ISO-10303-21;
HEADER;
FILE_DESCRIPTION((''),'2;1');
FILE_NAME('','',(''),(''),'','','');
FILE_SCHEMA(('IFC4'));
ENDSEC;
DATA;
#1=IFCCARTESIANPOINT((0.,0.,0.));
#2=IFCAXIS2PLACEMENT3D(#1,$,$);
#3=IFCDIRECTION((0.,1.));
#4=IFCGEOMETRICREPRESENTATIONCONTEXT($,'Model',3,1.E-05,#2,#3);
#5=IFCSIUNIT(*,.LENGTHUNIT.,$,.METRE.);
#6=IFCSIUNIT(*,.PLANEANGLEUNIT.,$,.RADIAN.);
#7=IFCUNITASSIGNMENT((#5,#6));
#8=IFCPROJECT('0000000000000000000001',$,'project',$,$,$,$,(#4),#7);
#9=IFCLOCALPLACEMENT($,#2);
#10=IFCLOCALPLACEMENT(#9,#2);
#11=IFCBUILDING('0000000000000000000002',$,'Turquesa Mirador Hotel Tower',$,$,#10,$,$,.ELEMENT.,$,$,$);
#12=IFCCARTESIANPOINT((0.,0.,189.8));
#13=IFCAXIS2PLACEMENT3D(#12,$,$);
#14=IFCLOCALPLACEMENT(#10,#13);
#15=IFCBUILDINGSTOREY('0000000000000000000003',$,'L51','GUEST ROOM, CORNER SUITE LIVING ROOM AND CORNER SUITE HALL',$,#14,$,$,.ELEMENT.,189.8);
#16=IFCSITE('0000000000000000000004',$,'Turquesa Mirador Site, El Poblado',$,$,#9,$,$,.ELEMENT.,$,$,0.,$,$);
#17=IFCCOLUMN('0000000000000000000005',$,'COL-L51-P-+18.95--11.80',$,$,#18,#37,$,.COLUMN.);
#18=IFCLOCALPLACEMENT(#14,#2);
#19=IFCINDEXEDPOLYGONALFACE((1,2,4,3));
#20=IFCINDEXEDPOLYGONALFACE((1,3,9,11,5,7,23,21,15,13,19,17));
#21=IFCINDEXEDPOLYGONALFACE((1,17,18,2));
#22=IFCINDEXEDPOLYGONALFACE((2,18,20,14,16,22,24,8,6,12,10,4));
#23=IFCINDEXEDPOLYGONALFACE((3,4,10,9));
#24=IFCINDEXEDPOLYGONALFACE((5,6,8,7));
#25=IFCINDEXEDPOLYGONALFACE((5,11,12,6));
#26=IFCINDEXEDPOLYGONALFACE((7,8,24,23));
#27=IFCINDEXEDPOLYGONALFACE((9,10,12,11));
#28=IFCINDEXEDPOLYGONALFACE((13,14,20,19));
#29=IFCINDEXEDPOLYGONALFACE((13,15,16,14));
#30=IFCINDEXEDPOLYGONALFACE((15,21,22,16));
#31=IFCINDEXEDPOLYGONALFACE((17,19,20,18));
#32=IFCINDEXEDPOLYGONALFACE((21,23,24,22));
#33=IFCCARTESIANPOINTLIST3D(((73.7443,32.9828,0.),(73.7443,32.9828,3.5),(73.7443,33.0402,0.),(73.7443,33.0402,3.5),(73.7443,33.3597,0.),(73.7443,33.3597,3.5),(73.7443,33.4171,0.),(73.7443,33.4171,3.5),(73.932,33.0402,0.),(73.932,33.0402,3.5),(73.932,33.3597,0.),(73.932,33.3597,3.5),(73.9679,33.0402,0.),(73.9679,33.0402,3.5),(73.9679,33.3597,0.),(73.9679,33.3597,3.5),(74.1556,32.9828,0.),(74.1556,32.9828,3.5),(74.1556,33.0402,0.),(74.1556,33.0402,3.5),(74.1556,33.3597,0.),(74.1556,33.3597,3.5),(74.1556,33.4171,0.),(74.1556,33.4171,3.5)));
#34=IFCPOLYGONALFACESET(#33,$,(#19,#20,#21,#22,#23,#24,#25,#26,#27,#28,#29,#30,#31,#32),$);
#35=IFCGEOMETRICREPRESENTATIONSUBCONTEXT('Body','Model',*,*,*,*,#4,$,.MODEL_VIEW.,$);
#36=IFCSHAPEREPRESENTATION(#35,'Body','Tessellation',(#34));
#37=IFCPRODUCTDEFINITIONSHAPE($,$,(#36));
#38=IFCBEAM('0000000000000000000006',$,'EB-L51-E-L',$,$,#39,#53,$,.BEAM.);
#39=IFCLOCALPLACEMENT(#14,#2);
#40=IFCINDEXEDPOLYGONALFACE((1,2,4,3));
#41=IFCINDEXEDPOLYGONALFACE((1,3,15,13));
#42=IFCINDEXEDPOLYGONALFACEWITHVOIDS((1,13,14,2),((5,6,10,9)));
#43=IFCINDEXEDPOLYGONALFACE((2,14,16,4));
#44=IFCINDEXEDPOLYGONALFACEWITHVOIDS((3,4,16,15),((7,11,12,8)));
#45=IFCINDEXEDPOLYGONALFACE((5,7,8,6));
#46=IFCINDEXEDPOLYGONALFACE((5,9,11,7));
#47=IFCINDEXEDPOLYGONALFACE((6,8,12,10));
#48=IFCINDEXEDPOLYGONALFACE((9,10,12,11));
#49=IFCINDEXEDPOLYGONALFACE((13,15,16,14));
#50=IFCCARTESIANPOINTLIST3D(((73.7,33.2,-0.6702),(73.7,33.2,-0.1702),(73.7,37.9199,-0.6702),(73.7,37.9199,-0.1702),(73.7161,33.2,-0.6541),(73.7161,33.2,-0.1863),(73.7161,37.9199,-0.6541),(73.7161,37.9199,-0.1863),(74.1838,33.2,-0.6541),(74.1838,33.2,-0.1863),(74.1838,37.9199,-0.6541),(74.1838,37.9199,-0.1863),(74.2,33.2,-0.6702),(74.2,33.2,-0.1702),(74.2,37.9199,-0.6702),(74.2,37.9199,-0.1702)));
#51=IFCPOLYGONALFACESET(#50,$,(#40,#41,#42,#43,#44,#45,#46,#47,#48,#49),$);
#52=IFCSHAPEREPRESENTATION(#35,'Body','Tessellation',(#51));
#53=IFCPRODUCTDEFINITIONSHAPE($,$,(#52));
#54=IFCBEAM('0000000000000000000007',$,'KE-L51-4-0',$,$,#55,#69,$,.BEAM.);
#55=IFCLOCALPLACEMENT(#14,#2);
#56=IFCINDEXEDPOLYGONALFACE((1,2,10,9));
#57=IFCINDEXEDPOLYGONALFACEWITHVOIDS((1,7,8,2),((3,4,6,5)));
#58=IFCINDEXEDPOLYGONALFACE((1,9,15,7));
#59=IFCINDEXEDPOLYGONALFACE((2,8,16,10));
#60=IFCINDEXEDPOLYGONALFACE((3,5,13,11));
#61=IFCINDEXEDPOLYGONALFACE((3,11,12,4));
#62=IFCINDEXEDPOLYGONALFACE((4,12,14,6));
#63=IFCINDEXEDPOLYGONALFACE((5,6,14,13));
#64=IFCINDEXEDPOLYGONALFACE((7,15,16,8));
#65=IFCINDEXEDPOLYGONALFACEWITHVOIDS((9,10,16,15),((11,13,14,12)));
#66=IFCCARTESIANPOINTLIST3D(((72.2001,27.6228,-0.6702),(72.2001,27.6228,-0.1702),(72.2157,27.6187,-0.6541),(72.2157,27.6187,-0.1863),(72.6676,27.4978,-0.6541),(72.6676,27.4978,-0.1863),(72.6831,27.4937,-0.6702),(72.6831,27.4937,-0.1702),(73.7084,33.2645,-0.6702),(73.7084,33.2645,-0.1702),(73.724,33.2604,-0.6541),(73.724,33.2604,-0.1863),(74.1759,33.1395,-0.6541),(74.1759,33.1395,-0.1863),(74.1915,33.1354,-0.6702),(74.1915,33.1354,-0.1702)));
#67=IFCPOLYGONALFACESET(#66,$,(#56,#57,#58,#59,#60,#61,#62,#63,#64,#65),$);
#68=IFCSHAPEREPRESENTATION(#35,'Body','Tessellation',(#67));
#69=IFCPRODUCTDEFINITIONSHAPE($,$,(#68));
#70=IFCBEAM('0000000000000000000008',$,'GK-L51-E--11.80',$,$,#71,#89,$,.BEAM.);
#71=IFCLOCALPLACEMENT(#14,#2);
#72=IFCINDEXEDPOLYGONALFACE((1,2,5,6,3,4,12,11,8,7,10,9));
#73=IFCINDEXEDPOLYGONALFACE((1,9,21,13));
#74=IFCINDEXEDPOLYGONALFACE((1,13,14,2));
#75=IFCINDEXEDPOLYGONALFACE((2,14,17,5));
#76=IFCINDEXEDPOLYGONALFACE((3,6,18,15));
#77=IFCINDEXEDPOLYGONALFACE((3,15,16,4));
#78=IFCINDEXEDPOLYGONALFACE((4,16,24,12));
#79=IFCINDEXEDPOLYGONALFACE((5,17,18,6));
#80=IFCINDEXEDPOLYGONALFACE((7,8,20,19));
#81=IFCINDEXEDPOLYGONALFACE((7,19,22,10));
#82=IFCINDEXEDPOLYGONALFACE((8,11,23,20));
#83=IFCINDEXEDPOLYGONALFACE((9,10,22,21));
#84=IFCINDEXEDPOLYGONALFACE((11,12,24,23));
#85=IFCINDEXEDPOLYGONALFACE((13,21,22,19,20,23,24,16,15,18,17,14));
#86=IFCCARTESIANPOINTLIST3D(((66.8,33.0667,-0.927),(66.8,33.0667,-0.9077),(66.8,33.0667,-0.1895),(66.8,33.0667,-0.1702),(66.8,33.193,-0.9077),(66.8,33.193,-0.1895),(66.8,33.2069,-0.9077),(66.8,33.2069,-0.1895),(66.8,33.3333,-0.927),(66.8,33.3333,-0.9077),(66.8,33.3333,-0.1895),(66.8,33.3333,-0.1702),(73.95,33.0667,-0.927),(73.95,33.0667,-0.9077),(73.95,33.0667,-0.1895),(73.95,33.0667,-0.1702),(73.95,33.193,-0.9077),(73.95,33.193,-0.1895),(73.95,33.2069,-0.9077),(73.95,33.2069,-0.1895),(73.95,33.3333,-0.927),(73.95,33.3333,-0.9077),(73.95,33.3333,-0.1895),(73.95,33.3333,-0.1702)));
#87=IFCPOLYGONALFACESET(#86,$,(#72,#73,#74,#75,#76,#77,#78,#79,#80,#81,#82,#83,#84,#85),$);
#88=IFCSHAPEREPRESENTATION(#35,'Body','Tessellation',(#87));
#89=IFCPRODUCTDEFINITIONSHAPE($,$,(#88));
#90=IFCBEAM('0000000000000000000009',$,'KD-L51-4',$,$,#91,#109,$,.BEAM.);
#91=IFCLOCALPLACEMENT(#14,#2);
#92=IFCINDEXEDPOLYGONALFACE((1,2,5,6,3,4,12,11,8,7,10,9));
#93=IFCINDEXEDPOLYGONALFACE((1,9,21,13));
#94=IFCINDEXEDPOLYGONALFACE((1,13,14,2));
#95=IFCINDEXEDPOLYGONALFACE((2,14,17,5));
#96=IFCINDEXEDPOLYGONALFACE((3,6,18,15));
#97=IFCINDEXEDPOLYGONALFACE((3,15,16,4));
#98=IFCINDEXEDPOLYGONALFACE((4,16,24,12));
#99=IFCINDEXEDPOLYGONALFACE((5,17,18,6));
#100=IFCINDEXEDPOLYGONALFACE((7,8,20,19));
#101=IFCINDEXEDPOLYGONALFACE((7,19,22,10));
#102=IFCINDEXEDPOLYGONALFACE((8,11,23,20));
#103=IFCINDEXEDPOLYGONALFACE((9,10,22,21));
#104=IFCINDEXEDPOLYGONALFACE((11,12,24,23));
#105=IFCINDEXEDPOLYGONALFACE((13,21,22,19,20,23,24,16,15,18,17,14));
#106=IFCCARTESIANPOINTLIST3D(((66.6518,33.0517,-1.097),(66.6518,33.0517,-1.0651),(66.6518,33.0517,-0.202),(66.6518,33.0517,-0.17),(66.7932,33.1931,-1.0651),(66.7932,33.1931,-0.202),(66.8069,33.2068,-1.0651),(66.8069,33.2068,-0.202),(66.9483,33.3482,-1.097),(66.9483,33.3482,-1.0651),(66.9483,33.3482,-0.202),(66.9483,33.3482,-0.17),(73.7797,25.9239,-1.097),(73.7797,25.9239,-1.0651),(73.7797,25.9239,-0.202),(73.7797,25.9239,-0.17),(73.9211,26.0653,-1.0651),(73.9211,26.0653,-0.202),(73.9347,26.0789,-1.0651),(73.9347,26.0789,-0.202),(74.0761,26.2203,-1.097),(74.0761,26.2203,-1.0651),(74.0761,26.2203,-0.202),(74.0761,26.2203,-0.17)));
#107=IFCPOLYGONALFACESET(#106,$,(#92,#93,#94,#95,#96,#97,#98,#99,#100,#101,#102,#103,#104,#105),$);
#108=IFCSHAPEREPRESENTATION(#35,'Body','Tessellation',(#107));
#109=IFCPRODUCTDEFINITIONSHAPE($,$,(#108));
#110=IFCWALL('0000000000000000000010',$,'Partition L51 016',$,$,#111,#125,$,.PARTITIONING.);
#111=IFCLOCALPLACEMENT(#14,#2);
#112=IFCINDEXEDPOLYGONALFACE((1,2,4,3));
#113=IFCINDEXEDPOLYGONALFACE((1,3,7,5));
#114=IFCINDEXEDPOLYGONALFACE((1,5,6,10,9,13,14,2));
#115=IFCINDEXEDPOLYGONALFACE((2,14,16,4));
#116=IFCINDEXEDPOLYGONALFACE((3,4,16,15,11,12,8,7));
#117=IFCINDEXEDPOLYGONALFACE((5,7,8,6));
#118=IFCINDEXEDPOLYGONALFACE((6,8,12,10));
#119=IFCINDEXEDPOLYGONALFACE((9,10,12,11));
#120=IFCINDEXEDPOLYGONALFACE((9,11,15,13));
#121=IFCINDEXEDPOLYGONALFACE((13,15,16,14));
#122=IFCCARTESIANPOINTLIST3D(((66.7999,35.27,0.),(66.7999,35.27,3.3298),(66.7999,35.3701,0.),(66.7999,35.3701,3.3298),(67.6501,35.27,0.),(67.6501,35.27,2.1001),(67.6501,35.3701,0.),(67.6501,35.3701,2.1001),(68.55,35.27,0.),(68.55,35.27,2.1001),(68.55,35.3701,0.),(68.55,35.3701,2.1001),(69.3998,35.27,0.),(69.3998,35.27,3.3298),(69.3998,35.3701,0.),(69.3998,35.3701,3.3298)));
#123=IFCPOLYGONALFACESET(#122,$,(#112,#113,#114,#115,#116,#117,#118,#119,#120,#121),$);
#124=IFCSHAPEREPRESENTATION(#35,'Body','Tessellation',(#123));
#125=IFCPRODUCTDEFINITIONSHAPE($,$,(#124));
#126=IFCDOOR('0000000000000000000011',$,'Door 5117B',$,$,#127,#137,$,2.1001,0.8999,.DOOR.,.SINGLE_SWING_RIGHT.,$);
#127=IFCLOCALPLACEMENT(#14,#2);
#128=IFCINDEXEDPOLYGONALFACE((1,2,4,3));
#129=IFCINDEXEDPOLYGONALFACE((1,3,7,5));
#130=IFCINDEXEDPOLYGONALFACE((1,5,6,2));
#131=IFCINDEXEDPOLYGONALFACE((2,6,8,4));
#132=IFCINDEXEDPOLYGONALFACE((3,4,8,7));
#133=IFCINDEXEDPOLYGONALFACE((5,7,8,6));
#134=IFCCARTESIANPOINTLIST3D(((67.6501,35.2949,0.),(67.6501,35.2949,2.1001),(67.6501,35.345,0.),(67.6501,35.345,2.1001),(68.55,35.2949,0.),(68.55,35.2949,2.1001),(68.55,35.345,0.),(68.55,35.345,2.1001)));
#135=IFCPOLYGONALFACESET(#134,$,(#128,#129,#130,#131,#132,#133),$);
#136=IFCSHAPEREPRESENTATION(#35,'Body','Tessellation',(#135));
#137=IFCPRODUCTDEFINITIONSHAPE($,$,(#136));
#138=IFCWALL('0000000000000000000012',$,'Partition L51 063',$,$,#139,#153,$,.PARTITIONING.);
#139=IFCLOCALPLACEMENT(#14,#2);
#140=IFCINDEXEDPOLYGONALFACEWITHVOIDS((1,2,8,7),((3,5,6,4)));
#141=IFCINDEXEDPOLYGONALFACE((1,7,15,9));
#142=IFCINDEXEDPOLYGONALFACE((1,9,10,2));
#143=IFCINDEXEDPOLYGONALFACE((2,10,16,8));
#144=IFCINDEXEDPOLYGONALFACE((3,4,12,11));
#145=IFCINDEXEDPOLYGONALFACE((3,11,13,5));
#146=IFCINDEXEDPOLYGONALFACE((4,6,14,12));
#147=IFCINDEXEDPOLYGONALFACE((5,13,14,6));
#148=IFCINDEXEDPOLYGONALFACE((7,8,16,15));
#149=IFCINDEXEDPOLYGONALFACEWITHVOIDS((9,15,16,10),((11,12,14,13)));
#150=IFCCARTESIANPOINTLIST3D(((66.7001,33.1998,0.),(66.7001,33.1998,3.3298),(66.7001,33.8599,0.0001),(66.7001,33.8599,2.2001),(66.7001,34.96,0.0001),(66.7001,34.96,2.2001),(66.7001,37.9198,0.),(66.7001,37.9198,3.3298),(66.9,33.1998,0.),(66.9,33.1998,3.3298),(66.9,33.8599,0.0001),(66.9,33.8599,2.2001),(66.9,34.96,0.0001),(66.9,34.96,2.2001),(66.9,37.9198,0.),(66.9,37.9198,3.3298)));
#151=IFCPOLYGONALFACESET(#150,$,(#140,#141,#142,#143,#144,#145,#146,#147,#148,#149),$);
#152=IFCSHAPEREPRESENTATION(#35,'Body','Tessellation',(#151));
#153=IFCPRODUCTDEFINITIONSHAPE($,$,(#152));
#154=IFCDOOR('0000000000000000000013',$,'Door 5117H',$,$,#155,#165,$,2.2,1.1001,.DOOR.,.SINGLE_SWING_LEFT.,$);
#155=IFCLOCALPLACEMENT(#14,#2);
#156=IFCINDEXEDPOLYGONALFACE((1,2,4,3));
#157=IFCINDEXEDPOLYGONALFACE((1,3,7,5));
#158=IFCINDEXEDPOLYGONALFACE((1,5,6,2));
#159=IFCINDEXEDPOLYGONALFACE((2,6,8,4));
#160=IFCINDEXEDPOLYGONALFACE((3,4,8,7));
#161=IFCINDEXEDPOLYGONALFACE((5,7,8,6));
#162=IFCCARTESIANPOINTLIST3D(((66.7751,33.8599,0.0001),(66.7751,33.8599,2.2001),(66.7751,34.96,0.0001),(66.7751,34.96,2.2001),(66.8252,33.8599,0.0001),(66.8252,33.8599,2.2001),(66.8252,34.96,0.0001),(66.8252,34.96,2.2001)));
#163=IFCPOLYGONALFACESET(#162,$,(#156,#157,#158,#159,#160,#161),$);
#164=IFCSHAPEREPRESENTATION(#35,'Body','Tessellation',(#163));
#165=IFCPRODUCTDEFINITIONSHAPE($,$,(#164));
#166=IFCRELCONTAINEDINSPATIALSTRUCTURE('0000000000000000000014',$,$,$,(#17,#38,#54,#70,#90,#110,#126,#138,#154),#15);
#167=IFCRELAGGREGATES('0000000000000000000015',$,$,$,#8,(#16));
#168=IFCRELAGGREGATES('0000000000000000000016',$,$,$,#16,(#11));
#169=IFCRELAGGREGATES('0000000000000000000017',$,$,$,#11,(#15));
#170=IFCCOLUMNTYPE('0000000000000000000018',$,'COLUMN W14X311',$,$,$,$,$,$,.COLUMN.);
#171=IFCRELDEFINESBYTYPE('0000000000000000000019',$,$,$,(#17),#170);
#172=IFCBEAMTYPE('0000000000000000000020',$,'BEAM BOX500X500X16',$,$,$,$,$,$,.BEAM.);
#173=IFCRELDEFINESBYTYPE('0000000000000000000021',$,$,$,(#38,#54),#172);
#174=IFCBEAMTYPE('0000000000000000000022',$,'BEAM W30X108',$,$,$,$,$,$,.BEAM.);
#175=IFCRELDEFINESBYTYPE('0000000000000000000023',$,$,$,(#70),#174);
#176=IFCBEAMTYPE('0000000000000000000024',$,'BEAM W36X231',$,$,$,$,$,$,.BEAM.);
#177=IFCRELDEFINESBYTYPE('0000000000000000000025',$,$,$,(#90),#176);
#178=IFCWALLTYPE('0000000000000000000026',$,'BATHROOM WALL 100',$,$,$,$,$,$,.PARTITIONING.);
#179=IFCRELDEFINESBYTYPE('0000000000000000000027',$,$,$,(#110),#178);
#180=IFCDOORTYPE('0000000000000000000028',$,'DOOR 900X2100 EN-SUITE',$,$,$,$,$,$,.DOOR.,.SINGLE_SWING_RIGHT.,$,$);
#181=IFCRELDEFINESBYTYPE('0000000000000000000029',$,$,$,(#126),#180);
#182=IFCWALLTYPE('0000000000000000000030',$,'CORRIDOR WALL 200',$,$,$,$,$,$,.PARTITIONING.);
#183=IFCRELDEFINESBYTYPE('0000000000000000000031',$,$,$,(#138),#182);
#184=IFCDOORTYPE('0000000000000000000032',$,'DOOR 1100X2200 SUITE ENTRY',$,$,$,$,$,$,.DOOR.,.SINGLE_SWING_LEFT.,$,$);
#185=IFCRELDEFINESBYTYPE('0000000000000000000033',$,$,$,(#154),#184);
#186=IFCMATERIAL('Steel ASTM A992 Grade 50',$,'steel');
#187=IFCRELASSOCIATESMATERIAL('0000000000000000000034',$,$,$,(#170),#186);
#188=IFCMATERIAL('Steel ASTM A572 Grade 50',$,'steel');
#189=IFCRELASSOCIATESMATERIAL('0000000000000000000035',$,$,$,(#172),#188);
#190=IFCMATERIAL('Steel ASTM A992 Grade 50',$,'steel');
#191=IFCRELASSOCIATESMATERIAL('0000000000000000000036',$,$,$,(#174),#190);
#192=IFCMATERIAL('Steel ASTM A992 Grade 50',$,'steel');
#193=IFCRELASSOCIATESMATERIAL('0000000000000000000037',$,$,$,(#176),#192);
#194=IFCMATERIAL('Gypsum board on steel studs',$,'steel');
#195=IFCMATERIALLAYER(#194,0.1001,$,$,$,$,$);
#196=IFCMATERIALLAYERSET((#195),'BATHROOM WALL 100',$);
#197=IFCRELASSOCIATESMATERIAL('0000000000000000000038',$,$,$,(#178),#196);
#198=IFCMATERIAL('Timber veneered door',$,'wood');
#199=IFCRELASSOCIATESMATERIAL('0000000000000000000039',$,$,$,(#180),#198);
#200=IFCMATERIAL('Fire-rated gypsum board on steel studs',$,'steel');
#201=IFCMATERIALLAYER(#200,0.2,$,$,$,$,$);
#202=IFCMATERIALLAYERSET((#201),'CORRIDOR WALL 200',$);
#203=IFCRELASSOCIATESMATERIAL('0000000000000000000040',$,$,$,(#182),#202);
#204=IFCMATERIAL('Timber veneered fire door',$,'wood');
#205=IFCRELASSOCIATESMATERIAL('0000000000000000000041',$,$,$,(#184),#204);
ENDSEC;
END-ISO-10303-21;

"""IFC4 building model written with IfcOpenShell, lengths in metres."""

from ifc_helpers import new_model, si_unit, direction, frame, frame_2d, origin, origin_2d, place, context, subcontext, project, spatial, rectangle, hollow_rectangle, i_section, extrude, material, layer, layer_set, material_profile, profile_set, type_object, element, fill, save


model = new_model("IFC4")

# Units and contexts
model_context = context("Model", 3, precision=1e-05, world=origin(), true_north=direction((0.0, 1.0)))
body_context = subcontext(model_context, "Body", "Model", "MODEL_VIEW")
ifc_project = project(units=[si_unit("LENGTHUNIT", "METRE"), si_unit("PLANEANGLEUNIT", "RADIAN")], contexts=[model_context])

# Site, building, storey
site_placement = place(None, origin())
site = spatial("IfcSite", under=ifc_project, at=site_placement, Name="Turquesa Mirador Site, El Poblado", CompositionType="ELEMENT", RefElevation=0.0)
building_placement = place(site_placement, origin())
building = spatial("IfcBuilding", under=site, at=building_placement, Name="Turquesa Mirador Hotel Tower", CompositionType="ELEMENT")
storey_placement = place(building_placement, frame((0.0, 0.0, 189.8)))
storey = spatial("IfcBuildingStorey", under=building, at=storey_placement, Name="L51", Description="GUEST ROOM, CORNER SUITE LIVING ROOM AND CORNER SUITE HALL", CompositionType="ELEMENT", Elevation=189.8)

# Column
ifc_material_1 = material(Name="Steel ASTM A992 Grade 50", Category="steel")
ifc_material_profile_1 = material_profile(ifc_material_1, i_section(OverallWidth=0.4114, OverallDepth=0.4343, WebThickness=0.0359, FlangeThickness=0.0574, at=origin_2d()), Name="W14X311")
ifc_profile_set_1 = profile_set([ifc_material_profile_1], Name="Steel ASTM A992 Grade 50")
column_type = type_object("IfcColumnType", Name="COLUMN W14X311", PredefinedType="COLUMN", material=ifc_profile_set_1)
column_placement = place(storey_placement, frame((73.95, 33.2, 0.0), z_axis=(0.0, 0.0, 1.0), x_axis=(1.0, 0.0, 0.0)))
element("IfcColumn", 1, at=column_placement, inside=storey, type_object=column_type, Name="COL-L51-P-+18.95--11.80", PredefinedType="COLUMN", context=body_context, shape_type="SweptSolid", body=[
    extrude(i_section(OverallWidth=0.4114, OverallDepth=0.4343, WebThickness=0.0359, FlangeThickness=0.0574, at=origin_2d()), origin(), (0.0, 0.0, 1.0), 3.5),
])

# Beams
ifc_material_2 = material(Name="Steel ASTM A572 Grade 50", Category="steel")
ifc_material_profile_2 = material_profile(ifc_material_2, hollow_rectangle(XDim=0.5, YDim=0.5, WallThickness=0.0161, at=origin_2d()), Name="BOX500X500X16")
ifc_profile_set_2 = profile_set([ifc_material_profile_2], Name="Steel ASTM A572 Grade 50")
beam_type_1 = type_object("IfcBeamType", Name="BEAM BOX500X500X16", PredefinedType="BEAM", material=ifc_profile_set_2)
beam_1_placement = place(storey_placement, frame((73.95, 33.2, -0.4202), z_axis=(0.0, 1.0, 0.0), x_axis=(-1.0, 0.0, 0.0)))
element("IfcBeam", 2, at=beam_1_placement, inside=storey, type_object=beam_type_1, Name="EB-L51-E-L", PredefinedType="BEAM", context=body_context, shape_type="SweptSolid", body=[
    extrude(hollow_rectangle(XDim=0.5, YDim=0.5, WallThickness=0.0161, at=origin_2d()), origin(), (0.0, 0.0, 1.0), 4.72),
])
beam_2_placement = place(storey_placement, frame((73.95, 33.2, -0.4202), z_axis=(-0.258282, -0.96607, 0.0), x_axis=(0.96607, -0.258282, 0.0)))
element("IfcBeam", 3, at=beam_2_placement, inside=storey, type_object=beam_type_1, Name="KE-L51-4-0", PredefinedType="BEAM", context=body_context, shape_type="SweptSolid", body=[
    extrude(hollow_rectangle(XDim=0.5, YDim=0.5, WallThickness=0.0161, at=origin_2d()), origin(), (0.0, 0.0, 1.0), 5.8398),
])
ifc_material_3 = material(Name="Steel ASTM A992 Grade 50", Category="steel")
ifc_material_profile_3 = material_profile(ifc_material_3, i_section(OverallWidth=0.2666, OverallDepth=0.7568, WebThickness=0.0139, FlangeThickness=0.0193, at=origin_2d()), Name="W30X108")
ifc_profile_set_3 = profile_set([ifc_material_profile_3], Name="Steel ASTM A992 Grade 50")
beam_type_2 = type_object("IfcBeamType", Name="BEAM W30X108", PredefinedType="BEAM", material=ifc_profile_set_3)
beam_3_placement = place(storey_placement, frame((73.95, 33.2, -0.5486), z_axis=(-1.0, 0.0, 0.0), x_axis=(0.0, -1.0, 0.0)))
element("IfcBeam", 4, at=beam_3_placement, inside=storey, type_object=beam_type_2, Name="GK-L51-E--11.80", PredefinedType="BEAM", context=body_context, shape_type="SweptSolid", body=[
    extrude(i_section(OverallWidth=0.2666, OverallDepth=0.7568, WebThickness=0.0139, FlangeThickness=0.0193, at=origin_2d()), origin(), (0.0, 0.0, 1.0), 7.1499),
])
ifc_material_4 = material(Name="Steel ASTM A992 Grade 50", Category="steel")
ifc_material_profile_4 = material_profile(ifc_material_4, i_section(OverallWidth=0.4192, OverallDepth=0.927, WebThickness=0.0193, FlangeThickness=0.032, at=origin_2d()), Name="W36X231")
ifc_profile_set_4 = profile_set([ifc_material_profile_4], Name="Steel ASTM A992 Grade 50")
beam_type_3 = type_object("IfcBeamType", Name="BEAM W36X231", PredefinedType="BEAM", material=ifc_profile_set_4)
beam_4_placement = place(storey_placement, frame((66.8, 33.2, -0.6335), z_axis=(0.707107, -0.707107, 0.0), x_axis=(0.707107, 0.707107, 0.0)))
element("IfcBeam", 5, at=beam_4_placement, inside=storey, type_object=beam_type_3, Name="KD-L51-4", PredefinedType="BEAM", context=body_context, shape_type="SweptSolid", body=[
    extrude(i_section(OverallWidth=0.4192, OverallDepth=0.927, WebThickness=0.0193, FlangeThickness=0.032, at=origin_2d()), origin(), (0.0, 0.0, 1.0), 10.0803),
])

# Walls, openings, doors
ifc_material_5 = material(Name="Gypsum board on steel studs", Category="steel")
ifc_layer_1 = layer(ifc_material_5, 0.1001)
ifc_layer_set_1 = layer_set([ifc_layer_1], Name="BATHROOM WALL 100")
wall_type_1 = type_object("IfcWallType", Name="BATHROOM WALL 100", PredefinedType="PARTITIONING", material=ifc_layer_set_1)
wall_1_placement = place(storey_placement, frame((66.8, 35.3201, 0.0), z_axis=(0.0, 0.0, 1.0), x_axis=(1.0, 0.0, 0.0)))
wall_1 = element("IfcWall", 6, at=wall_1_placement, inside=storey, type_object=wall_type_1, Name="Partition L51 016", PredefinedType="PARTITIONING", context=body_context, shape_type="SweptSolid", body=[
    extrude(rectangle(XDim=2.5999, YDim=0.1001, at=frame_2d((1.2998, 0.0))), origin(), (0.0, 0.0, 1.0), 3.3298),
])
opening_1_placement = place(wall_1_placement, frame((0.8501, 0.0, 0.0)))
opening_1 = element("IfcOpeningElement", 7, at=opening_1_placement, cuts=wall_1, PredefinedType="OPENING", context=body_context, shape_type="SweptSolid", body=[
    extrude(rectangle(XDim=0.8999, YDim=2.1001, at=frame_2d((0.45, 1.05))), frame((0.0, 0.0601, 0.0), z_axis=(0.0, -1.0, 0.0), x_axis=(1.0, 0.0, 0.0)), (0.0, 0.0, 1.0), 0.1201),
])
ifc_material_6 = material(Name="Timber veneered door", Category="wood")
door_type_1 = type_object("IfcDoorType", Name="DOOR 900X2100 EN-SUITE", OperationType="SINGLE_SWING_RIGHT", PredefinedType="DOOR", material=ifc_material_6)
door_1_placement = place(opening_1_placement, origin())
door_1 = element("IfcDoor", 8, at=door_1_placement, inside=storey, type_object=door_type_1, Name="Door 5117B", OperationType="SINGLE_SWING_RIGHT", OverallHeight=2.1001, OverallWidth=0.8999, PredefinedType="DOOR", context=body_context, shape_type="SweptSolid", body=[
    extrude(rectangle(XDim=0.8999, YDim=2.1001, at=frame_2d((0.45, 1.05))), frame((0.0, 0.0249, 0.0), z_axis=(0.0, -1.0, 0.0), x_axis=(1.0, 0.0, 0.0)), (0.0, 0.0, 1.0), 0.05),
])
fill(opening_1, door_1)
ifc_material_7 = material(Name="Fire-rated gypsum board on steel studs", Category="steel")
ifc_layer_2 = layer(ifc_material_7, 0.2)
ifc_layer_set_2 = layer_set([ifc_layer_2], Name="CORRIDOR WALL 200")
wall_type_2 = type_object("IfcWallType", Name="CORRIDOR WALL 200", PredefinedType="PARTITIONING", material=ifc_layer_set_2)
wall_2_placement = place(storey_placement, frame((66.8, 33.2, 0.0), z_axis=(0.0, 0.0, 1.0), x_axis=(0.0, 1.0, 0.0)))
wall_2 = element("IfcWall", 9, at=wall_2_placement, inside=storey, type_object=wall_type_2, Name="Partition L51 063", PredefinedType="PARTITIONING", context=body_context, shape_type="SweptSolid", body=[
    extrude(rectangle(XDim=4.72, YDim=0.2, at=frame_2d((2.3599, 0.0))), origin(), (0.0, 0.0, 1.0), 3.3298),
])
opening_2_placement = place(wall_2_placement, frame((0.6599, 0.0, 0.0)))
opening_2 = element("IfcOpeningElement", 10, at=opening_2_placement, cuts=wall_2, PredefinedType="OPENING", context=body_context, shape_type="SweptSolid", body=[
    extrude(rectangle(XDim=1.1001, YDim=2.2, at=frame_2d((0.55, 1.1001))), frame((0.0, 0.1099, 0.0), z_axis=(0.0, -1.0, 0.0), x_axis=(1.0, 0.0, 0.0)), (0.0, 0.0, 1.0), 0.22),
])
ifc_material_8 = material(Name="Timber veneered fire door", Category="wood")
door_type_2 = type_object("IfcDoorType", Name="DOOR 1100X2200 SUITE ENTRY", OperationType="SINGLE_SWING_LEFT", PredefinedType="DOOR", material=ifc_material_8)
door_2_placement = place(opening_2_placement, origin())
door_2 = element("IfcDoor", 11, at=door_2_placement, inside=storey, type_object=door_type_2, Name="Door 5117H", OperationType="SINGLE_SWING_LEFT", OverallHeight=2.2, OverallWidth=1.1001, PredefinedType="DOOR", context=body_context, shape_type="SweptSolid", body=[
    extrude(rectangle(XDim=1.1001, YDim=2.2, at=frame_2d((0.55, 1.1001))), frame((0.0, 0.0249, 0.0), z_axis=(0.0, -1.0, 0.0), x_axis=(1.0, 0.0, 0.0)), (0.0, 0.0, 1.0), 0.05),
])
fill(opening_2, door_2)

save(model, "model.ifc")
